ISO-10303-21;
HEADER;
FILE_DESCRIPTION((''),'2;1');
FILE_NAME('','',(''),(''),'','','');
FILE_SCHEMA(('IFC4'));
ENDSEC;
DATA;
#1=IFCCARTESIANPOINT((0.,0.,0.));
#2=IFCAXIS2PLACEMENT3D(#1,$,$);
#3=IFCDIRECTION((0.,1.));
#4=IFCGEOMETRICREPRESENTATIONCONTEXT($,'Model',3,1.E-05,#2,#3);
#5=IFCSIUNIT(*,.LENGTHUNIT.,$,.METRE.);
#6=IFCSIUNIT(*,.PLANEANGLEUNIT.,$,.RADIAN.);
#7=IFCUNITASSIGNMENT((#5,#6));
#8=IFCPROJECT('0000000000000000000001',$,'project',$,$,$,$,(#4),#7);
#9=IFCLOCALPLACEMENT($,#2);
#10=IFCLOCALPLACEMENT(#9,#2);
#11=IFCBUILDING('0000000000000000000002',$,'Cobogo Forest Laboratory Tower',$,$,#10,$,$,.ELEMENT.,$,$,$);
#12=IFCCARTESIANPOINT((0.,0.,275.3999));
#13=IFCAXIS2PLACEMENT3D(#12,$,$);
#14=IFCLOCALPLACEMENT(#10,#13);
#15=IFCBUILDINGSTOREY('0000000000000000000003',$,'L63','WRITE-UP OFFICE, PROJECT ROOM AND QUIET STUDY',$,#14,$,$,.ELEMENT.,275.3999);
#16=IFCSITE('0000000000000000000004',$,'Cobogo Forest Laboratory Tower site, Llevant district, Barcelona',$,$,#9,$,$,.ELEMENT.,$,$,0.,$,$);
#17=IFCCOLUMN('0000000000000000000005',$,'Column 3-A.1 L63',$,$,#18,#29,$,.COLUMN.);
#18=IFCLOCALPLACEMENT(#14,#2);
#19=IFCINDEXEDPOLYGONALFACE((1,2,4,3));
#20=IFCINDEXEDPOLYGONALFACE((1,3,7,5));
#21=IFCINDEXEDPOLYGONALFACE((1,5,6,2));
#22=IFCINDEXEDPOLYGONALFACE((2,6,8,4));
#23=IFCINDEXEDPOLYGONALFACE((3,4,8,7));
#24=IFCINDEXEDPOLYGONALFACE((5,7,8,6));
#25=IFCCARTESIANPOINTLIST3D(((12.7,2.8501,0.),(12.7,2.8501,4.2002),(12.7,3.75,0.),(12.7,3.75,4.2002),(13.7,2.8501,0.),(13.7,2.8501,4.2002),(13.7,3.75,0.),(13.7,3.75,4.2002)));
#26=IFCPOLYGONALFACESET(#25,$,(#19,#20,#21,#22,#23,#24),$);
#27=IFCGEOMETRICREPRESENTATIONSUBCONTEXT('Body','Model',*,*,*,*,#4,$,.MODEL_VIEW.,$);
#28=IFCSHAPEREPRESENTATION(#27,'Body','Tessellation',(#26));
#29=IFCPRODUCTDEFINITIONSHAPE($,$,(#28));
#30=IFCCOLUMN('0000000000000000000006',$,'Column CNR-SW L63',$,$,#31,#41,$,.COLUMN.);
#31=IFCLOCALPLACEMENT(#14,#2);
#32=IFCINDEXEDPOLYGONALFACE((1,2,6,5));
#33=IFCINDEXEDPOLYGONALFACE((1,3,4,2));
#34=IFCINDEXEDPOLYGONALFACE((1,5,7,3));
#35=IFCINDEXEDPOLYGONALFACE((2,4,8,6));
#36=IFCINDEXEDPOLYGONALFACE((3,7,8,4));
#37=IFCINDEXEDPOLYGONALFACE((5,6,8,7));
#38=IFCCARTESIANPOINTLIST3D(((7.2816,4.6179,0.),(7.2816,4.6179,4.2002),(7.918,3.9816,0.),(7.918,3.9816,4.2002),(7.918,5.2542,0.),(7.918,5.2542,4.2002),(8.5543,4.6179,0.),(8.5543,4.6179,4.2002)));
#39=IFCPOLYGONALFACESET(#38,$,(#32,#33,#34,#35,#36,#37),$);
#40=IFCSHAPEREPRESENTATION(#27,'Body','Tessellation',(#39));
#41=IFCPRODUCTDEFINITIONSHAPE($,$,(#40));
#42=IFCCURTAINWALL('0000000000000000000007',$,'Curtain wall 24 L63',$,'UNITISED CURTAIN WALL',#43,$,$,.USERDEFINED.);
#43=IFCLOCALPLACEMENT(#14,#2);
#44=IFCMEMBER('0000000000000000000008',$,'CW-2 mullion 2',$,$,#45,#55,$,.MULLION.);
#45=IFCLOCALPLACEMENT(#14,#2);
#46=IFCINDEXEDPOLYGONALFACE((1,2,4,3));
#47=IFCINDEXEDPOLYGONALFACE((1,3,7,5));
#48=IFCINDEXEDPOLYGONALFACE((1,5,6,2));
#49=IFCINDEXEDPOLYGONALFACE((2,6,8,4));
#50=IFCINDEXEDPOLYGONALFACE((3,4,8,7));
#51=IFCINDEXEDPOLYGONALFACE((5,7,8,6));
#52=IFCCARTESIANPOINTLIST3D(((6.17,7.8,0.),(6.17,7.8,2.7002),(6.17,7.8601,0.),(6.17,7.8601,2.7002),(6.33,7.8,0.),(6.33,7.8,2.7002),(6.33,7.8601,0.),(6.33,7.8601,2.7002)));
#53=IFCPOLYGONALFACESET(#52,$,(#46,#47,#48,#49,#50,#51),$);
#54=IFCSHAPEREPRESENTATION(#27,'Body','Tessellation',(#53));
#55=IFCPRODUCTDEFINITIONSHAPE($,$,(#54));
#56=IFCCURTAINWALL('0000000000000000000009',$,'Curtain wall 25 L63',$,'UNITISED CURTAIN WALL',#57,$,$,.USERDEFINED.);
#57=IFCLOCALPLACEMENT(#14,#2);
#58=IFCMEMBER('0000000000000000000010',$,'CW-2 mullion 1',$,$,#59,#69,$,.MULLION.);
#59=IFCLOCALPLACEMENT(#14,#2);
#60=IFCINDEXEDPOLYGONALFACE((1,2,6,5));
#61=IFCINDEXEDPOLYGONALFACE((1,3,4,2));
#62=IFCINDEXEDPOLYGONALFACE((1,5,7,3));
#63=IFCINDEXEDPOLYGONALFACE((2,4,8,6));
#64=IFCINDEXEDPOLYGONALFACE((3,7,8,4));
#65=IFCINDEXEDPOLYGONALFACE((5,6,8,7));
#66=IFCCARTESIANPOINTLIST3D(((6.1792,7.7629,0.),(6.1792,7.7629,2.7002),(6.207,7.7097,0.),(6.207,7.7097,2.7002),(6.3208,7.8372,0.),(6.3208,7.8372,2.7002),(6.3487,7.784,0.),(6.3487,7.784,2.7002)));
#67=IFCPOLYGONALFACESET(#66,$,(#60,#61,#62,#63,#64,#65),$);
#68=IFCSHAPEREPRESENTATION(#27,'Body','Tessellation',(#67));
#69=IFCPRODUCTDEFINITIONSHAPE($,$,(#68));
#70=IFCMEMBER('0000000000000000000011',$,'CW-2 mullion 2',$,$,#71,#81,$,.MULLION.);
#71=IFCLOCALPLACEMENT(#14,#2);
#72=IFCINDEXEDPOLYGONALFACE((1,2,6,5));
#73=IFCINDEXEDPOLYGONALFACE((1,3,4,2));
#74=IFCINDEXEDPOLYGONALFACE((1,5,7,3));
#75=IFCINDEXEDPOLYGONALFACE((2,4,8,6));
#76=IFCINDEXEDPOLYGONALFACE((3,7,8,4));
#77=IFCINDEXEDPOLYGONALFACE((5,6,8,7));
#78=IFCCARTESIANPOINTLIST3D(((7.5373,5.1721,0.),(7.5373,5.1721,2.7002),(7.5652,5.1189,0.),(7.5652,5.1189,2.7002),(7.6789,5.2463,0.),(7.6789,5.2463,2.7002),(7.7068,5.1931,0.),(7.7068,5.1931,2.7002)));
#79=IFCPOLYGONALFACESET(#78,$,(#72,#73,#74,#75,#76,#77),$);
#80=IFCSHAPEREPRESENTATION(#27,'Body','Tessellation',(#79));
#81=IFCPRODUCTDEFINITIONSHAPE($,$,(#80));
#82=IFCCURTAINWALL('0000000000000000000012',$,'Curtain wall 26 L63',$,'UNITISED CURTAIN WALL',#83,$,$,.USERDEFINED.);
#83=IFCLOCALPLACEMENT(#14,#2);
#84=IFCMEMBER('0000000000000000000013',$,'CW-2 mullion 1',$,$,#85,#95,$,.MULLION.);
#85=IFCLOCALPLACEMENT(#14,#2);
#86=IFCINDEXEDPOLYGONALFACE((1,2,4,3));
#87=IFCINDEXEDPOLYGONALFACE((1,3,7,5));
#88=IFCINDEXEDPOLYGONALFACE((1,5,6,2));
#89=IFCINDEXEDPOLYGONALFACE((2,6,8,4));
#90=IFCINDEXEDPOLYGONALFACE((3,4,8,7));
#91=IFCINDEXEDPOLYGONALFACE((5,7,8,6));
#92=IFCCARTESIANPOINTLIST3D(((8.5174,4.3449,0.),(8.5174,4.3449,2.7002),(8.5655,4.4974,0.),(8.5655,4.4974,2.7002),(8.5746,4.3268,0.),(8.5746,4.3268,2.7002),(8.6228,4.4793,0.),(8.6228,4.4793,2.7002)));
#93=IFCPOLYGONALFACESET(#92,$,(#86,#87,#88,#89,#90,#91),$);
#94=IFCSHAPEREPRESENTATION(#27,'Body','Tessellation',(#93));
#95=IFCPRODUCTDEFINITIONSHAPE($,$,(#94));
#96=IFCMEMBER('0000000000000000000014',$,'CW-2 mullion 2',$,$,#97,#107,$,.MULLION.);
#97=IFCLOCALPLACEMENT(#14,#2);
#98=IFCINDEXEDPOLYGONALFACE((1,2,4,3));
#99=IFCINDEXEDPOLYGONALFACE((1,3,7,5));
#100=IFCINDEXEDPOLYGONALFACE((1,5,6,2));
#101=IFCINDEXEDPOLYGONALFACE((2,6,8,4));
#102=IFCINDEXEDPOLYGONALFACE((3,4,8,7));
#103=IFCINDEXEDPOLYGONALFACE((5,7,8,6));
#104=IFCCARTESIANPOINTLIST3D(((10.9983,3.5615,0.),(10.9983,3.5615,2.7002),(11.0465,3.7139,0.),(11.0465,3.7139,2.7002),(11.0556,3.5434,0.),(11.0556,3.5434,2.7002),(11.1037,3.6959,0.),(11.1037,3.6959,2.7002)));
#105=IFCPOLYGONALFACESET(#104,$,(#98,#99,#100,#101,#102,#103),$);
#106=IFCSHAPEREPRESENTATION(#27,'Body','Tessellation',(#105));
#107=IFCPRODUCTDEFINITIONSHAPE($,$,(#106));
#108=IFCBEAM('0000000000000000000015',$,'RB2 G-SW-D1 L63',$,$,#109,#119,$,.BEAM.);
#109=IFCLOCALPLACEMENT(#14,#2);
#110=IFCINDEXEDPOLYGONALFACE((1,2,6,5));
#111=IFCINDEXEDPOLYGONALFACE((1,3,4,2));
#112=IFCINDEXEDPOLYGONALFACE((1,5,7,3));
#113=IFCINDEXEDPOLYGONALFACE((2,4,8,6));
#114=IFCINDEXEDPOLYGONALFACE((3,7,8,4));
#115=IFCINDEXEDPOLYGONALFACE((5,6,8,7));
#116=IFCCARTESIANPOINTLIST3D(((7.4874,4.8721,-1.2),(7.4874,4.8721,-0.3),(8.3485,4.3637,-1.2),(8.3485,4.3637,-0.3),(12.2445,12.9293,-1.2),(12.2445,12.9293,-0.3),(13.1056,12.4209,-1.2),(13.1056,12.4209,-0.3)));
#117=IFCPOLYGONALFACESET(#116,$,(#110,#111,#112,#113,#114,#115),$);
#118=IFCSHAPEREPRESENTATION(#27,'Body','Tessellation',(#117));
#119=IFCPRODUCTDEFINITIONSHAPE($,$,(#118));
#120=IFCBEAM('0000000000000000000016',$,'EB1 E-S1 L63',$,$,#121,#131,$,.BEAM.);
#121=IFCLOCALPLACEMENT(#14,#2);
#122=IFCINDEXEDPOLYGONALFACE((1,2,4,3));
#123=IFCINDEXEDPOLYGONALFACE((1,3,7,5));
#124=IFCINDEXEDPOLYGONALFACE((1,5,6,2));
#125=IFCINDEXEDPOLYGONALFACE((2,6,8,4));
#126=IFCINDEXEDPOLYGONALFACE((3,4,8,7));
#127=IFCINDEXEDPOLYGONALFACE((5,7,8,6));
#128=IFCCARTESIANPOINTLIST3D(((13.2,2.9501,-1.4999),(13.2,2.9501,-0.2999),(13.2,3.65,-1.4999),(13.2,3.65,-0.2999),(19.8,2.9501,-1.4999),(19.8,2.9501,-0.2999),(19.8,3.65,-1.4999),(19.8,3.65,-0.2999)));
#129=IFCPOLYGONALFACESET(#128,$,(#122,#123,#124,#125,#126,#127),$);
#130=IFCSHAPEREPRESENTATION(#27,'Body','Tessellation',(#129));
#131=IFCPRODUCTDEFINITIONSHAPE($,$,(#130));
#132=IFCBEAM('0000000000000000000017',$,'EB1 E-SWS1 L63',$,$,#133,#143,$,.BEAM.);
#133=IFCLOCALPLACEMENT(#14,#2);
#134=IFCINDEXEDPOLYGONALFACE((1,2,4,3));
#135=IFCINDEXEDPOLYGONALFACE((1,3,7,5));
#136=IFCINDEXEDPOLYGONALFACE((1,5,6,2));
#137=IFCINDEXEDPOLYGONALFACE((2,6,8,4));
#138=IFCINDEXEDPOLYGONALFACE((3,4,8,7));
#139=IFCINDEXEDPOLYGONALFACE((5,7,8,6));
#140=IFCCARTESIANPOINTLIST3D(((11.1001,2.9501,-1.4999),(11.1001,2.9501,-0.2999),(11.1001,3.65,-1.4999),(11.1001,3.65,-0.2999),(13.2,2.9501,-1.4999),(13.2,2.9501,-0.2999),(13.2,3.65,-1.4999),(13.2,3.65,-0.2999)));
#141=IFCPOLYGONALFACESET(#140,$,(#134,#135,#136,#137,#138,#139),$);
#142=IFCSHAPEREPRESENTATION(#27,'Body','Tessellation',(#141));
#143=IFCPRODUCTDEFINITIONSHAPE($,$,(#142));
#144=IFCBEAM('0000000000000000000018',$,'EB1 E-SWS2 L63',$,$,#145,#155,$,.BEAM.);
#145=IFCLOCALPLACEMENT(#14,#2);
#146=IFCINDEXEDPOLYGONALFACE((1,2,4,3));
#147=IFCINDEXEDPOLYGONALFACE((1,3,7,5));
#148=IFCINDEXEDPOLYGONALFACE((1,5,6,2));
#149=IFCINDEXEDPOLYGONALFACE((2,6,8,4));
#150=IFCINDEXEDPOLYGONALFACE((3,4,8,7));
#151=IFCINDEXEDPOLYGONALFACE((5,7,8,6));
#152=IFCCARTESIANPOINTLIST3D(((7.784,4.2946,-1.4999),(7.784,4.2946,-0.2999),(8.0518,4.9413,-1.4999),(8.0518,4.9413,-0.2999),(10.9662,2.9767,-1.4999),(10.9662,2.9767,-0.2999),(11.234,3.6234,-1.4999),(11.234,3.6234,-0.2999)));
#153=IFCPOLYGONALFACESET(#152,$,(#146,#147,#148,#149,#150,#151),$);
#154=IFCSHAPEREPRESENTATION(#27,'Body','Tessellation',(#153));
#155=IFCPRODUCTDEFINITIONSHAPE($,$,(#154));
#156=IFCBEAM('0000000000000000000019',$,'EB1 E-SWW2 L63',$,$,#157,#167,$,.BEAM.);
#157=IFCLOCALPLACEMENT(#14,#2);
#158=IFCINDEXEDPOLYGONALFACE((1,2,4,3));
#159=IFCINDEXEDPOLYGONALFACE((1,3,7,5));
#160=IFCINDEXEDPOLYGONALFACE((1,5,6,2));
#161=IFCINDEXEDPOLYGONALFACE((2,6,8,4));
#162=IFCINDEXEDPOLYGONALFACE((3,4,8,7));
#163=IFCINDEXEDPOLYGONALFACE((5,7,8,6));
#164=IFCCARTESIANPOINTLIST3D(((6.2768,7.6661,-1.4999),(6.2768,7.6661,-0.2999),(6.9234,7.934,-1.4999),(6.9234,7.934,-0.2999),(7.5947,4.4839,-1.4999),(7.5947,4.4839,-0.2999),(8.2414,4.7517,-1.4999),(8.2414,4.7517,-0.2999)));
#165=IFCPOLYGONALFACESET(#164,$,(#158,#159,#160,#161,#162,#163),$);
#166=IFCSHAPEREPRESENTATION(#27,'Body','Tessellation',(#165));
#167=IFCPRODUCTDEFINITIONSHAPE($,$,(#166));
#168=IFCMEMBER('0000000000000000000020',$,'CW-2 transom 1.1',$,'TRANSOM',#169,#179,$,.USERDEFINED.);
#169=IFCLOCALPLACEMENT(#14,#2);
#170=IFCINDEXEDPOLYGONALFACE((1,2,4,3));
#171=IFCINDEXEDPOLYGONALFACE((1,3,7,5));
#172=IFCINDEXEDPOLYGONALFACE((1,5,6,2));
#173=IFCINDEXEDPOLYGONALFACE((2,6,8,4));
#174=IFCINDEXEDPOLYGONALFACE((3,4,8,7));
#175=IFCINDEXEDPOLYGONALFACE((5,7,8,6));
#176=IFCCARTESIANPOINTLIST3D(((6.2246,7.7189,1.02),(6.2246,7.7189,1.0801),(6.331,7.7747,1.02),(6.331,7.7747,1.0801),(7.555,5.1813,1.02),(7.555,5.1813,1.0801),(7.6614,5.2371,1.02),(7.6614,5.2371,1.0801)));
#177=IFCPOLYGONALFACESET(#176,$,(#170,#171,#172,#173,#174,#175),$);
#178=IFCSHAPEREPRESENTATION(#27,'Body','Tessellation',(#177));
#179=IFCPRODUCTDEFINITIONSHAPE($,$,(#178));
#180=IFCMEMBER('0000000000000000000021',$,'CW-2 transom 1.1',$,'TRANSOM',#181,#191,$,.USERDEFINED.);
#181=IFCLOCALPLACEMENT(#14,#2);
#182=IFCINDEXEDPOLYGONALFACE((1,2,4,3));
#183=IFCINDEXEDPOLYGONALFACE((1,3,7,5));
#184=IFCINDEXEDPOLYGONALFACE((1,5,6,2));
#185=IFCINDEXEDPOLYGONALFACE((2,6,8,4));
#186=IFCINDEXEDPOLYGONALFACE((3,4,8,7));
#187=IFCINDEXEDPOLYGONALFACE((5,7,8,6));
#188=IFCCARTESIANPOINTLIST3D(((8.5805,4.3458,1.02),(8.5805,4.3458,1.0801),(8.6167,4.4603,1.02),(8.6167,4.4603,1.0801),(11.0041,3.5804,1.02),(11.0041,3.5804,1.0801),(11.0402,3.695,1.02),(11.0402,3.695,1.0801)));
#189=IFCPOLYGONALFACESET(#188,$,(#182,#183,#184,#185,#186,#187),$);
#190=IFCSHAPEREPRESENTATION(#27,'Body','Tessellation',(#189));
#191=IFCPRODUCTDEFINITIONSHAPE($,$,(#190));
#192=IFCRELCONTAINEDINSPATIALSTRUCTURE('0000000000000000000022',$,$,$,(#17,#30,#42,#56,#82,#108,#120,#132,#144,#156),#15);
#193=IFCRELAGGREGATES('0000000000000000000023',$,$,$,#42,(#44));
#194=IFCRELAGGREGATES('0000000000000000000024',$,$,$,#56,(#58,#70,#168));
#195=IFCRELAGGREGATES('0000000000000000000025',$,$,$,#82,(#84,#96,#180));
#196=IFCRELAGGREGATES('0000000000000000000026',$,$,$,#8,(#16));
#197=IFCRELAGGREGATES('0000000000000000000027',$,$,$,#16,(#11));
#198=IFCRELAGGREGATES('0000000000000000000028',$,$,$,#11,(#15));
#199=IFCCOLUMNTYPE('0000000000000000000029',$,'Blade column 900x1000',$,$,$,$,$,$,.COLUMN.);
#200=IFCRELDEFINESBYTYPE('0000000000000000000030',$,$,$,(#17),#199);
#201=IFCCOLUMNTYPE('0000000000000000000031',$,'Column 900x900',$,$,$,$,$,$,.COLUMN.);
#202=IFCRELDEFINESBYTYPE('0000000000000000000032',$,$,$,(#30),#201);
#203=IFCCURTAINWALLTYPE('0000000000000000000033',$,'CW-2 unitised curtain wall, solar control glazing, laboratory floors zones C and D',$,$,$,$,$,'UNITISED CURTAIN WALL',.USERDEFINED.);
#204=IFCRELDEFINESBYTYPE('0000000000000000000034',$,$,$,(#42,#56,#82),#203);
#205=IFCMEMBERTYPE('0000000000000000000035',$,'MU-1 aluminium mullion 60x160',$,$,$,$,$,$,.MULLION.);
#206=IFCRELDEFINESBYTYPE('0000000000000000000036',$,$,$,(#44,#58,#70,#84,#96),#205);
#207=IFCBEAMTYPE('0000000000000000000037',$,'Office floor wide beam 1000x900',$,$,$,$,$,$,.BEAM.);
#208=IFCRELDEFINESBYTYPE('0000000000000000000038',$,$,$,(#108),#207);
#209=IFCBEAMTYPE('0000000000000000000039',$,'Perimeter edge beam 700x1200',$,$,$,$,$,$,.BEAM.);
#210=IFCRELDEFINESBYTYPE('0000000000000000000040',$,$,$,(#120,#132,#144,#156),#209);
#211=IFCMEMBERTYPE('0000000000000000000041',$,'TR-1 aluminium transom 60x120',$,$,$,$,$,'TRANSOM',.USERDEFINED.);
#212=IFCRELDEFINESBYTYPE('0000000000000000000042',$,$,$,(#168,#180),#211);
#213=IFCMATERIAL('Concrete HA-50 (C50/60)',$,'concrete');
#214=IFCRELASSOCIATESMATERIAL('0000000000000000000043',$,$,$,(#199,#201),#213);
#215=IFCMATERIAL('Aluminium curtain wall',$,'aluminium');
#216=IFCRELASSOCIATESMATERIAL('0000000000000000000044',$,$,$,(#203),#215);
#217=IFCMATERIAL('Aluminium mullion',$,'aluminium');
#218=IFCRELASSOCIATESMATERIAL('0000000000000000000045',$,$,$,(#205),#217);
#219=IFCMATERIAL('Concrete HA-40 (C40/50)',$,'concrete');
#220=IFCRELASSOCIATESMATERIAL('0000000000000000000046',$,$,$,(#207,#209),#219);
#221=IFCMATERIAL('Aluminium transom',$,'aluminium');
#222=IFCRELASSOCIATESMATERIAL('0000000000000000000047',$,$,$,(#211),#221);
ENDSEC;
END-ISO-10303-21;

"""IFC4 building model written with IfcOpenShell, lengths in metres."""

from ifc_helpers import new_model, si_unit, direction, frame, origin, origin_2d, place, context, subcontext, project, spatial, rectangle, extrude, material, material_profile, profile_set, type_object, element, aggregate, save


model = new_model("IFC4")

# Units and contexts
model_context = context("Model", 3, precision=1e-05, world=origin(), true_north=direction((0.0, 1.0)))
body_context = subcontext(model_context, "Body", "Model", "MODEL_VIEW")
ifc_project = project(units=[si_unit("LENGTHUNIT", "METRE"), si_unit("PLANEANGLEUNIT", "RADIAN")], contexts=[model_context])

# Site, building, storey
site_placement = place(None, origin())
site = spatial("IfcSite", under=ifc_project, at=site_placement, Name="Cobogo Forest Laboratory Tower site, Llevant district, Barcelona", CompositionType="ELEMENT", RefElevation=0.0)
building_placement = place(site_placement, origin())
building = spatial("IfcBuilding", under=site, at=building_placement, Name="Cobogo Forest Laboratory Tower", CompositionType="ELEMENT")
storey_placement = place(building_placement, frame((0.0, 0.0, 275.3999)))
storey = spatial("IfcBuildingStorey", under=building, at=storey_placement, Name="L63", Description="WRITE-UP OFFICE, PROJECT ROOM AND QUIET STUDY", CompositionType="ELEMENT", Elevation=275.3999)

# Columns
ifc_material_1 = material(Name="Concrete HA-50 (C50/60)", Category="concrete")
ifc_material_profile_1 = material_profile(ifc_material_1, rectangle(XDim=1.0, YDim=0.8999, at=origin_2d()), Name="RC 900x1000")
ifc_profile_set_1 = profile_set([ifc_material_profile_1], Name="Concrete HA-50 (C50/60)")
column_type_1 = type_object("IfcColumnType", Name="Blade column 900x1000", PredefinedType="COLUMN", material=ifc_profile_set_1)
column_1_placement = place(storey_placement, frame((13.2, 3.3, 0.0), z_axis=(0.0, 0.0, 1.0), x_axis=(1.0, 0.0, 0.0)))
element("IfcColumn", 1, at=column_1_placement, inside=storey, type_object=column_type_1, Name="Column 3-A.1 L63", PredefinedType="COLUMN", context=body_context, shape_type="SweptSolid", body=[
    extrude(rectangle(XDim=1.0, YDim=0.8999, at=origin_2d()), origin(), (0.0, 0.0, 1.0), 4.2002),
])
ifc_material_profile_2 = material_profile(ifc_material_1, rectangle(XDim=0.8999, YDim=0.8999, at=origin_2d()), Name="RC 900x900")
ifc_profile_set_2 = profile_set([ifc_material_profile_2], Name="Concrete HA-50 (C50/60)")
column_type_2 = type_object("IfcColumnType", Name="Column 900x900", PredefinedType="COLUMN", material=ifc_profile_set_2)
column_2_placement = place(storey_placement, frame((7.918, 4.6179, 0.0), z_axis=(0.0, 0.0, 1.0), x_axis=(0.707107, 0.707107, 0.0)))
element("IfcColumn", 2, at=column_2_placement, inside=storey, type_object=column_type_2, Name="Column CNR-SW L63", PredefinedType="COLUMN", context=body_context, shape_type="SweptSolid", body=[
    extrude(rectangle(XDim=0.8999, YDim=0.8999, at=origin_2d()), origin(), (0.0, 0.0, 1.0), 4.2002),
])

# Curtain wall, member
ifc_material_2 = material(Name="Aluminium curtain wall", Category="aluminium")
curtain_wall_type = type_object("IfcCurtainWallType", Name="CW-2 unitised curtain wall, solar control glazing, laboratory floors zones C and D", ElementType="UNITISED CURTAIN WALL", PredefinedType="USERDEFINED", material=ifc_material_2)
curtain_wall_1_placement = place(storey_placement, origin())
curtain_wall_1 = element("IfcCurtainWall", 3, at=curtain_wall_1_placement, inside=storey, type_object=curtain_wall_type, Name="Curtain wall 24 L63", ObjectType="UNITISED CURTAIN WALL", PredefinedType="USERDEFINED")
ifc_material_3 = material(Name="Aluminium mullion", Category="aluminium")
ifc_material_profile_3 = material_profile(ifc_material_3, rectangle(XDim=0.0601, YDim=0.1599, at=origin_2d()), Name="AL 60x160")
ifc_profile_set_3 = profile_set([ifc_material_profile_3], Name="Aluminium mullion")
member_type_1 = type_object("IfcMemberType", Name="MU-1 aluminium mullion 60x160", PredefinedType="MULLION", material=ifc_profile_set_3)
member_1_placement = place(storey_placement, frame((6.25, 7.8301, 0.0), z_axis=(0.0, 0.0, 1.0), x_axis=(0.0, -1.0, 0.0)))
member_1 = element("IfcMember", 4, at=member_1_placement, type_object=member_type_1, Name="CW-2 mullion 2", PredefinedType="MULLION", context=body_context, shape_type="SweptSolid", body=[
    extrude(rectangle(XDim=0.0601, YDim=0.1599, at=origin_2d()), origin(), (0.0, 0.0, 1.0), 2.7002),
])
aggregate(curtain_wall_1, [member_1])

# Curtain walls, members
curtain_wall_2_placement = place(storey_placement, origin())
curtain_wall_2 = element("IfcCurtainWall", 5, at=curtain_wall_2_placement, inside=storey, type_object=curtain_wall_type, Name="Curtain wall 25 L63", ObjectType="UNITISED CURTAIN WALL", PredefinedType="USERDEFINED")
member_2_placement = place(storey_placement, frame((6.2639, 7.7734, 0.0), z_axis=(0.0, 0.0, 1.0), x_axis=(0.464284, -0.885686, 0.0)))
member_2 = element("IfcMember", 6, at=member_2_placement, type_object=member_type_1, Name="CW-2 mullion 1", PredefinedType="MULLION", context=body_context, shape_type="SweptSolid", body=[
    extrude(rectangle(XDim=0.0601, YDim=0.1599, at=origin_2d()), origin(), (0.0, 0.0, 1.0), 2.7002),
])
member_3_placement = place(storey_placement, frame((7.6221, 5.1826, 0.0), z_axis=(0.0, 0.0, 1.0), x_axis=(0.464284, -0.885686, 0.0)))
member_3 = element("IfcMember", 7, at=member_3_placement, type_object=member_type_1, Name="CW-2 mullion 2", PredefinedType="MULLION", context=body_context, shape_type="SweptSolid", body=[
    extrude(rectangle(XDim=0.0601, YDim=0.1599, at=origin_2d()), origin(), (0.0, 0.0, 1.0), 2.7002),
])
curtain_wall_3_placement = place(storey_placement, origin())
curtain_wall_3 = element("IfcCurtainWall", 8, at=curtain_wall_3_placement, inside=storey, type_object=curtain_wall_type, Name="Curtain wall 26 L63", ObjectType="UNITISED CURTAIN WALL", PredefinedType="USERDEFINED")
member_4_placement = place(storey_placement, frame((8.5701, 4.4121, 0.0), z_axis=(0.0, 0.0, 1.0), x_axis=(0.953581, -0.301135, 0.0)))
member_4 = element("IfcMember", 9, at=member_4_placement, type_object=member_type_1, Name="CW-2 mullion 1", PredefinedType="MULLION", context=body_context, shape_type="SweptSolid", body=[
    extrude(rectangle(XDim=0.0601, YDim=0.1599, at=origin_2d()), origin(), (0.0, 0.0, 1.0), 2.7002),
])
member_5_placement = place(storey_placement, frame((11.051, 3.6287, 0.0), z_axis=(0.0, 0.0, 1.0), x_axis=(0.953581, -0.301135, 0.0)))
member_5 = element("IfcMember", 10, at=member_5_placement, type_object=member_type_1, Name="CW-2 mullion 2", PredefinedType="MULLION", context=body_context, shape_type="SweptSolid", body=[
    extrude(rectangle(XDim=0.0601, YDim=0.1599, at=origin_2d()), origin(), (0.0, 0.0, 1.0), 2.7002),
])

# Beams
ifc_material_4 = material(Name="Concrete HA-40 (C40/50)", Category="concrete")
ifc_material_profile_4 = material_profile(ifc_material_4, rectangle(XDim=1.0, YDim=0.8999, at=origin_2d()), Name="RC 1000x900")
ifc_profile_set_4 = profile_set([ifc_material_profile_4], Name="Concrete HA-40 (C40/50)")
beam_type_1 = type_object("IfcBeamType", Name="Office floor wide beam 1000x900", PredefinedType="BEAM", material=ifc_profile_set_4)
beam_1_placement = place(storey_placement, frame((7.918, 4.6179, -0.75), z_axis=(0.508416, 0.861111, 0.0), x_axis=(-0.861111, 0.508416, 0.0)))
element("IfcBeam", 11, at=beam_1_placement, inside=storey, type_object=beam_type_1, Name="RB2 G-SW-D1 L63", PredefinedType="BEAM", context=body_context, shape_type="SweptSolid", body=[
    extrude(rectangle(XDim=1.0, YDim=0.8999, at=origin_2d()), origin(), (0.0, 0.0, 1.0), 9.3567),
])
ifc_material_profile_5 = material_profile(ifc_material_4, rectangle(XDim=0.7, YDim=1.2, at=origin_2d()), Name="RC 700x1200")
ifc_profile_set_5 = profile_set([ifc_material_profile_5], Name="Concrete HA-40 (C40/50)")
beam_type_2 = type_object("IfcBeamType", Name="Perimeter edge beam 700x1200", PredefinedType="BEAM", material=ifc_profile_set_5)
beam_2_placement = place(storey_placement, frame((13.2, 3.3, -0.8999), z_axis=(1.0, 0.0, 0.0), x_axis=(0.0, 1.0, 0.0)))
element("IfcBeam", 12, at=beam_2_placement, inside=storey, type_object=beam_type_2, Name="EB1 E-S1 L63", PredefinedType="BEAM", context=body_context, shape_type="SweptSolid", body=[
    extrude(rectangle(XDim=0.7, YDim=1.2, at=origin_2d()), origin(), (0.0, 0.0, 1.0), 6.6001),
])
beam_3_placement = place(storey_placement, frame((13.2, 3.3, -0.8999), z_axis=(-1.0, 0.0, 0.0), x_axis=(0.0, -1.0, 0.0)))
element("IfcBeam", 13, at=beam_3_placement, inside=storey, type_object=beam_type_2, Name="EB1 E-SWS1 L63", PredefinedType="BEAM", context=body_context, shape_type="SweptSolid", body=[
    extrude(rectangle(XDim=0.7, YDim=1.2, at=origin_2d()), origin(), (0.0, 0.0, 1.0), 2.0999),
])
for number, where, z_axis, x_axis, name in (
    (14, (11.1001, 3.3, -0.8999), (-0.923901, 0.382631, 0.0), (-0.382631, -0.923901, 0.0), "EB1 E-SWS2 L63"),
    (15, (6.6001, 7.8, -0.8999), (0.382631, -0.923901, 0.0), (0.923901, 0.382631, 0.0), "EB1 E-SWW2 L63"),
):
    element("IfcBeam", number, at=place(storey_placement, frame(where, z_axis=z_axis, x_axis=x_axis)), inside=storey, type_object=beam_type_2, Name=name, PredefinedType="BEAM", context=body_context, shape_type="SweptSolid", body=[
        extrude(rectangle(XDim=0.7, YDim=1.2, at=origin_2d()), origin(), (0.0, 0.0, 1.0), 3.4443),
    ])

# Members
ifc_material_5 = material(Name="Aluminium transom", Category="aluminium")
ifc_material_profile_6 = material_profile(ifc_material_5, rectangle(XDim=0.1201, YDim=0.0601, at=origin_2d()), Name="AL 60x120")
ifc_profile_set_6 = profile_set([ifc_material_profile_6], Name="Aluminium transom")
member_type_2 = type_object("IfcMemberType", Name="TR-1 aluminium transom 60x120", ElementType="TRANSOM", PredefinedType="USERDEFINED", material=ifc_profile_set_6)
member_6_placement = place(storey_placement, frame((6.2778, 7.7468, 1.05), z_axis=(0.464309, -0.885673, 0.0), x_axis=(0.885673, 0.464309, 0.0)))
member_6 = element("IfcMember", 16, at=member_6_placement, type_object=member_type_2, Name="CW-2 transom 1.1", ObjectType="TRANSOM", PredefinedType="USERDEFINED", context=body_context, shape_type="SweptSolid", body=[
    extrude(rectangle(XDim=0.1201, YDim=0.0601, at=origin_2d()), origin(), (0.0, 0.0, 1.0), 2.8652),
])
member_7_placement = place(storey_placement, frame((8.5986, 4.4031, 1.05), z_axis=(0.953578, -0.301145, 0.0), x_axis=(0.301145, 0.953578, 0.0)))
member_7 = element("IfcMember", 17, at=member_7_placement, type_object=member_type_2, Name="CW-2 transom 1.1", ObjectType="TRANSOM", PredefinedType="USERDEFINED", context=body_context, shape_type="SweptSolid", body=[
    extrude(rectangle(XDim=0.1201, YDim=0.0601, at=origin_2d()), origin(), (0.0, 0.0, 1.0), 2.5415),
])

aggregate(curtain_wall_2, [member_2, member_3, member_6])
aggregate(curtain_wall_3, [member_4, member_5, member_7])

save(model, "model.ifc")
